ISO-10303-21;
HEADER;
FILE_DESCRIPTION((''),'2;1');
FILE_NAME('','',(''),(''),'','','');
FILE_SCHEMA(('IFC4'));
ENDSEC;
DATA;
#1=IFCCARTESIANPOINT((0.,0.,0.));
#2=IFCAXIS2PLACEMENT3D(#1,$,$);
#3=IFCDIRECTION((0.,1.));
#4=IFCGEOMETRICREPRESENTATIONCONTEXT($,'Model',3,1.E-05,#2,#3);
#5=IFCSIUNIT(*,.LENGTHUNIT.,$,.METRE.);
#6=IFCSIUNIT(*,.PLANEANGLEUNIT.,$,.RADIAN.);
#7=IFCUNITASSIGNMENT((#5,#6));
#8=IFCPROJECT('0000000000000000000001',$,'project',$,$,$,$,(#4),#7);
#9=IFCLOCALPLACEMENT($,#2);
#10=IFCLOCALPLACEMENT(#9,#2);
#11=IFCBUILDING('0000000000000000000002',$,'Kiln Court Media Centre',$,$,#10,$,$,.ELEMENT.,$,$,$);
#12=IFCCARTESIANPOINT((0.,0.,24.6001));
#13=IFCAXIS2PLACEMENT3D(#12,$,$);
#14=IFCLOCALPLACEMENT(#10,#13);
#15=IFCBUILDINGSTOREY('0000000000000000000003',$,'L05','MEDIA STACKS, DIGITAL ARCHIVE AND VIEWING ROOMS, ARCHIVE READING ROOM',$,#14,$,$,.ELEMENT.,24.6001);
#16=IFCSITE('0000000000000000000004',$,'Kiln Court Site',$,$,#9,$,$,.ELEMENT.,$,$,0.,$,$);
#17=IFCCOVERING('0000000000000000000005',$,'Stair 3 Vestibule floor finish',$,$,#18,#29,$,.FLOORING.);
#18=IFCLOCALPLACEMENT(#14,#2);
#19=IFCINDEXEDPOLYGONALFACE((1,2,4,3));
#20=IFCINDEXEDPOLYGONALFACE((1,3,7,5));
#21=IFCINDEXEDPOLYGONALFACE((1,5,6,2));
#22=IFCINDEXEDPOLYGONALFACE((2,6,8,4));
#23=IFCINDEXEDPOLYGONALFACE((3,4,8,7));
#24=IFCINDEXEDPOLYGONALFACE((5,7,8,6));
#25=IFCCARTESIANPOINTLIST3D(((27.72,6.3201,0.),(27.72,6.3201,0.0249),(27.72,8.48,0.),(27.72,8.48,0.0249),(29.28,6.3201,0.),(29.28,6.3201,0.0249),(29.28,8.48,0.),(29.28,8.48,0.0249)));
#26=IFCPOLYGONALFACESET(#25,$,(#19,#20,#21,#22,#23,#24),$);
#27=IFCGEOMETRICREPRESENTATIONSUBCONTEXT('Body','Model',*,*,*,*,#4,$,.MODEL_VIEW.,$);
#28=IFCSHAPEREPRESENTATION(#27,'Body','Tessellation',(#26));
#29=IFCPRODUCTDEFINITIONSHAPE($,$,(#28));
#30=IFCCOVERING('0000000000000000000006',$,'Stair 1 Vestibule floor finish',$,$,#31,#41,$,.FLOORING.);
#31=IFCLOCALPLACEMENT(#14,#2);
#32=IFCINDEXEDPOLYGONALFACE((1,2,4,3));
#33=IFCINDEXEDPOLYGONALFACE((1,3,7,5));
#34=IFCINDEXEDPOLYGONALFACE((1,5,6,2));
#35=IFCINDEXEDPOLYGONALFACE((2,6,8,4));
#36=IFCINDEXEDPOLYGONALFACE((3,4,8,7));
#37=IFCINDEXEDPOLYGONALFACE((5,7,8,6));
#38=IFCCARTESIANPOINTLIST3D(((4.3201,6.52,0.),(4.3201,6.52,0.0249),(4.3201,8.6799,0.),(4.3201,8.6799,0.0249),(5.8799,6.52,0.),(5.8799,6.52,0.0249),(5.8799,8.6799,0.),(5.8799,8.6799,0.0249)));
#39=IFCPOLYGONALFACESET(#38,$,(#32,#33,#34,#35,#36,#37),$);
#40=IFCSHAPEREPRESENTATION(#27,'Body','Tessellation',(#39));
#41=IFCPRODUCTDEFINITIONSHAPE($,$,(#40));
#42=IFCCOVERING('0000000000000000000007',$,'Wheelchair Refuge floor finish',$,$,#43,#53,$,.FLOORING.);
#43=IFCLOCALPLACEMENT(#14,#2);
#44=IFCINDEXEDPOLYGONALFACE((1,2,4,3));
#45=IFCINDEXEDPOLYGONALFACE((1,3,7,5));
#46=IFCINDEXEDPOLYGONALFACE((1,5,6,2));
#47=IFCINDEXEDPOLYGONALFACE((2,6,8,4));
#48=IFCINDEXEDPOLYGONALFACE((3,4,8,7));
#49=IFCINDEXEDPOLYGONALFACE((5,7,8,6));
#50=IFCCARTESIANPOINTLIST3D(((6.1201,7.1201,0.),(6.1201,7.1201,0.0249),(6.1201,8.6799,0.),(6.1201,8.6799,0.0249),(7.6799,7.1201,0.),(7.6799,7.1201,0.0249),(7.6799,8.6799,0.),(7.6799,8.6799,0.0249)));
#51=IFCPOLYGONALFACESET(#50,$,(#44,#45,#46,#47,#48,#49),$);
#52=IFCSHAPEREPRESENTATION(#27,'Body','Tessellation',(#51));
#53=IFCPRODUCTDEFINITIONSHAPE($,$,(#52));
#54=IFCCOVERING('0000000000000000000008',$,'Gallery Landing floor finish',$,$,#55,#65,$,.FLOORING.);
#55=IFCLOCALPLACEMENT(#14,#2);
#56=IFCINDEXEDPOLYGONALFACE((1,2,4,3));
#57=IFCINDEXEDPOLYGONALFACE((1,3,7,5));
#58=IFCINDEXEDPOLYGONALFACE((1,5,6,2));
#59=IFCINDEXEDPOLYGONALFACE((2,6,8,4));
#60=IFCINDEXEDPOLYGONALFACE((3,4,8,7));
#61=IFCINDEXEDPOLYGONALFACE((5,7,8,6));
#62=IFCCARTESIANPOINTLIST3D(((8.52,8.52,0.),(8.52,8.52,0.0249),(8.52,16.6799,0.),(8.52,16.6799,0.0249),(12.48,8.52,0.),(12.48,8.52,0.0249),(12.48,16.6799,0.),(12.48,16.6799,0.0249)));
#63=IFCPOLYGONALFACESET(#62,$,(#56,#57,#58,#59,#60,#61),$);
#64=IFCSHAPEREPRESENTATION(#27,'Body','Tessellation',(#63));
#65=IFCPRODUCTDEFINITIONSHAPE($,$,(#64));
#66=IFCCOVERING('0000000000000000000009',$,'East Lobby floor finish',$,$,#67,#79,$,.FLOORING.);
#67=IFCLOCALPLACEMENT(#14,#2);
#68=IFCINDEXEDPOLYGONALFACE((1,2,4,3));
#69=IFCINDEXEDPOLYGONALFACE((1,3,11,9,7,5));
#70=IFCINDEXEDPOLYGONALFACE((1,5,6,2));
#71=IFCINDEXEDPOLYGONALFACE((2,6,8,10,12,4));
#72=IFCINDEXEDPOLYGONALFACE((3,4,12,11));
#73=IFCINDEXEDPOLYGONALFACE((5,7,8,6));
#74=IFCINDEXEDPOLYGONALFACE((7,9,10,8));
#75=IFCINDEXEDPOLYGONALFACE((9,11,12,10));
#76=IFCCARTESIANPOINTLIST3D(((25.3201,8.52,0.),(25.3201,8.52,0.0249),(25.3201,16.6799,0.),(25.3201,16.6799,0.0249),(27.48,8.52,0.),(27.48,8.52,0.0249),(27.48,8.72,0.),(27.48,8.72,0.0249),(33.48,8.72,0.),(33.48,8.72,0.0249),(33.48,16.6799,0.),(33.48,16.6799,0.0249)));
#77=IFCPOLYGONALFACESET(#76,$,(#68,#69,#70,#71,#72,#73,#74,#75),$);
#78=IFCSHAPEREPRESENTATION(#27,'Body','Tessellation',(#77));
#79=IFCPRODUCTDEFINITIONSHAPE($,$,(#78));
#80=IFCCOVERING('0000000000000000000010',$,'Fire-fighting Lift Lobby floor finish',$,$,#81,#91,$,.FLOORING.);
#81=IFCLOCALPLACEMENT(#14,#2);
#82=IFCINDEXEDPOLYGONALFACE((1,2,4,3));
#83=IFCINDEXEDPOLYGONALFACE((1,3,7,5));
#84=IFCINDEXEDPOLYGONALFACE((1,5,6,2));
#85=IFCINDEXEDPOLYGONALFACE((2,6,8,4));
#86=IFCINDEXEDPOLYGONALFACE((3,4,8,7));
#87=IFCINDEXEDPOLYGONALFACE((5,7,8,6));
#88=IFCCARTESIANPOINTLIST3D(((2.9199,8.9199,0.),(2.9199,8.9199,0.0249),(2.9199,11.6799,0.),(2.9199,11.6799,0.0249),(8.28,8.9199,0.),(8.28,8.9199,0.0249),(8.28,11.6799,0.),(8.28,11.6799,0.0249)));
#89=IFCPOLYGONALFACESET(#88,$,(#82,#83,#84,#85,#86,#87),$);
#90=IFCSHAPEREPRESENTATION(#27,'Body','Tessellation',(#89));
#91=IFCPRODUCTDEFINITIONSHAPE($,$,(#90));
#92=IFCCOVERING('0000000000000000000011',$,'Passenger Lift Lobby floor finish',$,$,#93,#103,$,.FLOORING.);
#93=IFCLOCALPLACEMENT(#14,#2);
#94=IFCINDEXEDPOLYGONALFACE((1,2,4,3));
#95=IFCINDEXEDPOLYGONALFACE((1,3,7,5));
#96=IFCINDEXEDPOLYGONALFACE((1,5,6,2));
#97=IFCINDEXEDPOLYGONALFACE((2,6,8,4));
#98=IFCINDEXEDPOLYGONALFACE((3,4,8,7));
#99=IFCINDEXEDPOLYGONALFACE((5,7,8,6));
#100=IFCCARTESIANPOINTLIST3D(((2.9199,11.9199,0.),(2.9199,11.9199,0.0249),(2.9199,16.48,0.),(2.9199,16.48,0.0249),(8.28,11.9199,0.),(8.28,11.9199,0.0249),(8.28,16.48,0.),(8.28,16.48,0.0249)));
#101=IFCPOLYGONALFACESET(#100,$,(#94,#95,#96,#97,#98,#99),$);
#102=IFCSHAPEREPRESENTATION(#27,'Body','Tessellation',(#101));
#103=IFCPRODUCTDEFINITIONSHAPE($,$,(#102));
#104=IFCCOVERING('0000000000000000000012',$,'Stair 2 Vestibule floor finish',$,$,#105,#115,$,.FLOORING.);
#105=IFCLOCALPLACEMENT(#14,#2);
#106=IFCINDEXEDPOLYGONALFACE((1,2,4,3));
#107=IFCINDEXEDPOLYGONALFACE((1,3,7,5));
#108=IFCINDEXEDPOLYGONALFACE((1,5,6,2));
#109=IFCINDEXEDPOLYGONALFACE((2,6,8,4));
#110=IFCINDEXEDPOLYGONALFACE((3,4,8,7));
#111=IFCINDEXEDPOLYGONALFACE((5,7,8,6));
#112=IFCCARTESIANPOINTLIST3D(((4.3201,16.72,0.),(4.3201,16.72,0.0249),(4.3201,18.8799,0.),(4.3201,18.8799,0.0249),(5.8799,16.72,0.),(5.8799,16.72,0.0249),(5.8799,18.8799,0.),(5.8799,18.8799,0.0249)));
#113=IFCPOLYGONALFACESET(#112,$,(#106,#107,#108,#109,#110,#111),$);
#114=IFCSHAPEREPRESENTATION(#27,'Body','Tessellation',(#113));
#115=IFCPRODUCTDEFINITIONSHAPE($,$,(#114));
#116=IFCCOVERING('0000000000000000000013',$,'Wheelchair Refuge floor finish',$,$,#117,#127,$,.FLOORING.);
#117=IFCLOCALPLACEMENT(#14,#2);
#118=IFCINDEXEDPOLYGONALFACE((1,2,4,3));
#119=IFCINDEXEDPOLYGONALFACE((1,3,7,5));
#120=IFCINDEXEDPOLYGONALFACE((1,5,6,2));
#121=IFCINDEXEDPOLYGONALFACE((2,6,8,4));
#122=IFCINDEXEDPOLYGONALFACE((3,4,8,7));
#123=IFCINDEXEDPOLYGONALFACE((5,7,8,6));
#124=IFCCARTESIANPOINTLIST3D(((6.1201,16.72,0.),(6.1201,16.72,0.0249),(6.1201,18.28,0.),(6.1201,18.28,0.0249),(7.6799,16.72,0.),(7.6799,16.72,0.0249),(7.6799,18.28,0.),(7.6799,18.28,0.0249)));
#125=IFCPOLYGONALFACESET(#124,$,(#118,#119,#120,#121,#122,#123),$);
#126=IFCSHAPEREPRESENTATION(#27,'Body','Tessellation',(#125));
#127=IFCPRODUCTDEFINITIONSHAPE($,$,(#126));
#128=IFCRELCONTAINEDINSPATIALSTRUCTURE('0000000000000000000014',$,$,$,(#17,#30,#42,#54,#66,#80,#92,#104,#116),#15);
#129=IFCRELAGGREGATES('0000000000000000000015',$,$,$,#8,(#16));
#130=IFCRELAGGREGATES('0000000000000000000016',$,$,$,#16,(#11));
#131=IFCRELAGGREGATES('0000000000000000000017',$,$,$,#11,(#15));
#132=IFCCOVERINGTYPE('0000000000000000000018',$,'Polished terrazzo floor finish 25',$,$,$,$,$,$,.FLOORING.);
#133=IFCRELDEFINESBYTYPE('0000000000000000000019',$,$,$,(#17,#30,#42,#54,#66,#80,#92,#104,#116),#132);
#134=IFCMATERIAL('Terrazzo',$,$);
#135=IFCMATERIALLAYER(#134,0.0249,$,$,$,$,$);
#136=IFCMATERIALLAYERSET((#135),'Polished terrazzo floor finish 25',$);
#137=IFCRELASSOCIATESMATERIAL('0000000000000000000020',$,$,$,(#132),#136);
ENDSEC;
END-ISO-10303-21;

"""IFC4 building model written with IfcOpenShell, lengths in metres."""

from ifc_helpers import new_model, si_unit, direction, frame, origin, place, context, subcontext, project, spatial, polyline, outline, extrude, material, layer, layer_set, type_object, element, save


model = new_model("IFC4")

# Units and contexts
model_context = context("Model", 3, precision=1e-05, world=origin(), true_north=direction((0.0, 1.0)))
body_context = subcontext(model_context, "Body", "Model", "MODEL_VIEW")
ifc_project = project(units=[si_unit("LENGTHUNIT", "METRE"), si_unit("PLANEANGLEUNIT", "RADIAN")], contexts=[model_context])

# Site, building, storey
site_placement = place(None, origin())
site = spatial("IfcSite", under=ifc_project, at=site_placement, Name="Kiln Court Site", CompositionType="ELEMENT", RefElevation=0.0)
building_placement = place(site_placement, origin())
building = spatial("IfcBuilding", under=site, at=building_placement, Name="Kiln Court Media Centre", CompositionType="ELEMENT")
storey_placement = place(building_placement, frame((0.0, 0.0, 24.6001)))
storey = spatial("IfcBuildingStorey", under=building, at=storey_placement, Name="L05", Description="MEDIA STACKS, DIGITAL ARCHIVE AND VIEWING ROOMS, ARCHIVE READING ROOM", CompositionType="ELEMENT", Elevation=24.6001)

# Coverings
ifc_material_1 = material(Name="Terrazzo")
ifc_layer_1 = layer(ifc_material_1, 0.0249)
ifc_layer_set_1 = layer_set([ifc_layer_1], Name="Polished terrazzo floor finish 25")
covering_type_1 = type_object("IfcCoveringType", Name="Polished terrazzo floor finish 25", PredefinedType="FLOORING", material=ifc_layer_set_1)
covering_1_placement = place(storey_placement, origin())
element("IfcCovering", 1, at=covering_1_placement, inside=storey, type_object=covering_type_1, Name="Stair 3 Vestibule floor finish", PredefinedType="FLOORING", context=body_context, shape_type="SweptSolid", body=[
    extrude(outline(polyline([(27.72, 6.3201), (29.28, 6.3201), (29.28, 8.48), (27.72, 8.48), (27.72, 6.3201)])), origin(), (0.0, 0.0, 1.0), 0.0249),
])
covering_2_placement = place(storey_placement, origin())
element("IfcCovering", 2, at=covering_2_placement, inside=storey, type_object=covering_type_1, Name="Stair 1 Vestibule floor finish", PredefinedType="FLOORING", context=body_context, shape_type="SweptSolid", body=[
    extrude(outline(polyline([(4.3201, 6.52), (5.8799, 6.52), (5.8799, 8.6799), (4.3201, 8.6799), (4.3201, 6.52)])), origin(), (0.0, 0.0, 1.0), 0.0249),
])
covering_3_placement = place(storey_placement, origin())
element("IfcCovering", 3, at=covering_3_placement, inside=storey, type_object=covering_type_1, Name="Wheelchair Refuge floor finish", PredefinedType="FLOORING", context=body_context, shape_type="SweptSolid", body=[
    extrude(outline(polyline([(6.1201, 7.1201), (7.6799, 7.1201), (7.6799, 8.6799), (6.1201, 8.6799), (6.1201, 7.1201)])), origin(), (0.0, 0.0, 1.0), 0.0249),
])
covering_4_placement = place(storey_placement, origin())
element("IfcCovering", 4, at=covering_4_placement, inside=storey, type_object=covering_type_1, Name="Gallery Landing floor finish", PredefinedType="FLOORING", context=body_context, shape_type="SweptSolid", body=[
    extrude(outline(polyline([(8.52, 8.52), (12.48, 8.52), (12.48, 16.6799), (8.52, 16.6799), (8.52, 8.52)])), origin(), (0.0, 0.0, 1.0), 0.0249),
])
covering_5_placement = place(storey_placement, origin())
element("IfcCovering", 5, at=covering_5_placement, inside=storey, type_object=covering_type_1, Name="East Lobby floor finish", PredefinedType="FLOORING", context=body_context, shape_type="SweptSolid", body=[
    extrude(outline(polyline([(25.3201, 8.52), (27.48, 8.52), (27.48, 8.72), (33.48, 8.72), (33.48, 16.6799), (25.3201, 16.6799), (25.3201, 8.52)])), origin(), (0.0, 0.0, 1.0), 0.0249),
])
covering_6_placement = place(storey_placement, origin())
element("IfcCovering", 6, at=covering_6_placement, inside=storey, type_object=covering_type_1, Name="Fire-fighting Lift Lobby floor finish", PredefinedType="FLOORING", context=body_context, shape_type="SweptSolid", body=[
    extrude(outline(polyline([(2.9199, 8.9199), (8.28, 8.9199), (8.28, 11.6799), (2.9199, 11.6799), (2.9199, 8.9199)])), origin(), (0.0, 0.0, 1.0), 0.0249),
])
covering_7_placement = place(storey_placement, origin())
element("IfcCovering", 7, at=covering_7_placement, inside=storey, type_object=covering_type_1, Name="Passenger Lift Lobby floor finish", PredefinedType="FLOORING", context=body_context, shape_type="SweptSolid", body=[
    extrude(outline(polyline([(2.9199, 11.9199), (8.28, 11.9199), (8.28, 16.48), (2.9199, 16.48), (2.9199, 11.9199)])), origin(), (0.0, 0.0, 1.0), 0.0249),
])
covering_8_placement = place(storey_placement, origin())
element("IfcCovering", 8, at=covering_8_placement, inside=storey, type_object=covering_type_1, Name="Stair 2 Vestibule floor finish", PredefinedType="FLOORING", context=body_context, shape_type="SweptSolid", body=[
    extrude(outline(polyline([(4.3201, 16.72), (5.8799, 16.72), (5.8799, 18.8799), (4.3201, 18.8799), (4.3201, 16.72)])), origin(), (0.0, 0.0, 1.0), 0.0249),
])
covering_9_placement = place(storey_placement, origin())
element("IfcCovering", 9, at=covering_9_placement, inside=storey, type_object=covering_type_1, Name="Wheelchair Refuge floor finish", PredefinedType="FLOORING", context=body_context, shape_type="SweptSolid", body=[
    extrude(outline(polyline([(6.1201, 16.72), (7.6799, 16.72), (7.6799, 18.28), (6.1201, 18.28), (6.1201, 16.72)])), origin(), (0.0, 0.0, 1.0), 0.0249),
])

save(model, "model.ifc")
